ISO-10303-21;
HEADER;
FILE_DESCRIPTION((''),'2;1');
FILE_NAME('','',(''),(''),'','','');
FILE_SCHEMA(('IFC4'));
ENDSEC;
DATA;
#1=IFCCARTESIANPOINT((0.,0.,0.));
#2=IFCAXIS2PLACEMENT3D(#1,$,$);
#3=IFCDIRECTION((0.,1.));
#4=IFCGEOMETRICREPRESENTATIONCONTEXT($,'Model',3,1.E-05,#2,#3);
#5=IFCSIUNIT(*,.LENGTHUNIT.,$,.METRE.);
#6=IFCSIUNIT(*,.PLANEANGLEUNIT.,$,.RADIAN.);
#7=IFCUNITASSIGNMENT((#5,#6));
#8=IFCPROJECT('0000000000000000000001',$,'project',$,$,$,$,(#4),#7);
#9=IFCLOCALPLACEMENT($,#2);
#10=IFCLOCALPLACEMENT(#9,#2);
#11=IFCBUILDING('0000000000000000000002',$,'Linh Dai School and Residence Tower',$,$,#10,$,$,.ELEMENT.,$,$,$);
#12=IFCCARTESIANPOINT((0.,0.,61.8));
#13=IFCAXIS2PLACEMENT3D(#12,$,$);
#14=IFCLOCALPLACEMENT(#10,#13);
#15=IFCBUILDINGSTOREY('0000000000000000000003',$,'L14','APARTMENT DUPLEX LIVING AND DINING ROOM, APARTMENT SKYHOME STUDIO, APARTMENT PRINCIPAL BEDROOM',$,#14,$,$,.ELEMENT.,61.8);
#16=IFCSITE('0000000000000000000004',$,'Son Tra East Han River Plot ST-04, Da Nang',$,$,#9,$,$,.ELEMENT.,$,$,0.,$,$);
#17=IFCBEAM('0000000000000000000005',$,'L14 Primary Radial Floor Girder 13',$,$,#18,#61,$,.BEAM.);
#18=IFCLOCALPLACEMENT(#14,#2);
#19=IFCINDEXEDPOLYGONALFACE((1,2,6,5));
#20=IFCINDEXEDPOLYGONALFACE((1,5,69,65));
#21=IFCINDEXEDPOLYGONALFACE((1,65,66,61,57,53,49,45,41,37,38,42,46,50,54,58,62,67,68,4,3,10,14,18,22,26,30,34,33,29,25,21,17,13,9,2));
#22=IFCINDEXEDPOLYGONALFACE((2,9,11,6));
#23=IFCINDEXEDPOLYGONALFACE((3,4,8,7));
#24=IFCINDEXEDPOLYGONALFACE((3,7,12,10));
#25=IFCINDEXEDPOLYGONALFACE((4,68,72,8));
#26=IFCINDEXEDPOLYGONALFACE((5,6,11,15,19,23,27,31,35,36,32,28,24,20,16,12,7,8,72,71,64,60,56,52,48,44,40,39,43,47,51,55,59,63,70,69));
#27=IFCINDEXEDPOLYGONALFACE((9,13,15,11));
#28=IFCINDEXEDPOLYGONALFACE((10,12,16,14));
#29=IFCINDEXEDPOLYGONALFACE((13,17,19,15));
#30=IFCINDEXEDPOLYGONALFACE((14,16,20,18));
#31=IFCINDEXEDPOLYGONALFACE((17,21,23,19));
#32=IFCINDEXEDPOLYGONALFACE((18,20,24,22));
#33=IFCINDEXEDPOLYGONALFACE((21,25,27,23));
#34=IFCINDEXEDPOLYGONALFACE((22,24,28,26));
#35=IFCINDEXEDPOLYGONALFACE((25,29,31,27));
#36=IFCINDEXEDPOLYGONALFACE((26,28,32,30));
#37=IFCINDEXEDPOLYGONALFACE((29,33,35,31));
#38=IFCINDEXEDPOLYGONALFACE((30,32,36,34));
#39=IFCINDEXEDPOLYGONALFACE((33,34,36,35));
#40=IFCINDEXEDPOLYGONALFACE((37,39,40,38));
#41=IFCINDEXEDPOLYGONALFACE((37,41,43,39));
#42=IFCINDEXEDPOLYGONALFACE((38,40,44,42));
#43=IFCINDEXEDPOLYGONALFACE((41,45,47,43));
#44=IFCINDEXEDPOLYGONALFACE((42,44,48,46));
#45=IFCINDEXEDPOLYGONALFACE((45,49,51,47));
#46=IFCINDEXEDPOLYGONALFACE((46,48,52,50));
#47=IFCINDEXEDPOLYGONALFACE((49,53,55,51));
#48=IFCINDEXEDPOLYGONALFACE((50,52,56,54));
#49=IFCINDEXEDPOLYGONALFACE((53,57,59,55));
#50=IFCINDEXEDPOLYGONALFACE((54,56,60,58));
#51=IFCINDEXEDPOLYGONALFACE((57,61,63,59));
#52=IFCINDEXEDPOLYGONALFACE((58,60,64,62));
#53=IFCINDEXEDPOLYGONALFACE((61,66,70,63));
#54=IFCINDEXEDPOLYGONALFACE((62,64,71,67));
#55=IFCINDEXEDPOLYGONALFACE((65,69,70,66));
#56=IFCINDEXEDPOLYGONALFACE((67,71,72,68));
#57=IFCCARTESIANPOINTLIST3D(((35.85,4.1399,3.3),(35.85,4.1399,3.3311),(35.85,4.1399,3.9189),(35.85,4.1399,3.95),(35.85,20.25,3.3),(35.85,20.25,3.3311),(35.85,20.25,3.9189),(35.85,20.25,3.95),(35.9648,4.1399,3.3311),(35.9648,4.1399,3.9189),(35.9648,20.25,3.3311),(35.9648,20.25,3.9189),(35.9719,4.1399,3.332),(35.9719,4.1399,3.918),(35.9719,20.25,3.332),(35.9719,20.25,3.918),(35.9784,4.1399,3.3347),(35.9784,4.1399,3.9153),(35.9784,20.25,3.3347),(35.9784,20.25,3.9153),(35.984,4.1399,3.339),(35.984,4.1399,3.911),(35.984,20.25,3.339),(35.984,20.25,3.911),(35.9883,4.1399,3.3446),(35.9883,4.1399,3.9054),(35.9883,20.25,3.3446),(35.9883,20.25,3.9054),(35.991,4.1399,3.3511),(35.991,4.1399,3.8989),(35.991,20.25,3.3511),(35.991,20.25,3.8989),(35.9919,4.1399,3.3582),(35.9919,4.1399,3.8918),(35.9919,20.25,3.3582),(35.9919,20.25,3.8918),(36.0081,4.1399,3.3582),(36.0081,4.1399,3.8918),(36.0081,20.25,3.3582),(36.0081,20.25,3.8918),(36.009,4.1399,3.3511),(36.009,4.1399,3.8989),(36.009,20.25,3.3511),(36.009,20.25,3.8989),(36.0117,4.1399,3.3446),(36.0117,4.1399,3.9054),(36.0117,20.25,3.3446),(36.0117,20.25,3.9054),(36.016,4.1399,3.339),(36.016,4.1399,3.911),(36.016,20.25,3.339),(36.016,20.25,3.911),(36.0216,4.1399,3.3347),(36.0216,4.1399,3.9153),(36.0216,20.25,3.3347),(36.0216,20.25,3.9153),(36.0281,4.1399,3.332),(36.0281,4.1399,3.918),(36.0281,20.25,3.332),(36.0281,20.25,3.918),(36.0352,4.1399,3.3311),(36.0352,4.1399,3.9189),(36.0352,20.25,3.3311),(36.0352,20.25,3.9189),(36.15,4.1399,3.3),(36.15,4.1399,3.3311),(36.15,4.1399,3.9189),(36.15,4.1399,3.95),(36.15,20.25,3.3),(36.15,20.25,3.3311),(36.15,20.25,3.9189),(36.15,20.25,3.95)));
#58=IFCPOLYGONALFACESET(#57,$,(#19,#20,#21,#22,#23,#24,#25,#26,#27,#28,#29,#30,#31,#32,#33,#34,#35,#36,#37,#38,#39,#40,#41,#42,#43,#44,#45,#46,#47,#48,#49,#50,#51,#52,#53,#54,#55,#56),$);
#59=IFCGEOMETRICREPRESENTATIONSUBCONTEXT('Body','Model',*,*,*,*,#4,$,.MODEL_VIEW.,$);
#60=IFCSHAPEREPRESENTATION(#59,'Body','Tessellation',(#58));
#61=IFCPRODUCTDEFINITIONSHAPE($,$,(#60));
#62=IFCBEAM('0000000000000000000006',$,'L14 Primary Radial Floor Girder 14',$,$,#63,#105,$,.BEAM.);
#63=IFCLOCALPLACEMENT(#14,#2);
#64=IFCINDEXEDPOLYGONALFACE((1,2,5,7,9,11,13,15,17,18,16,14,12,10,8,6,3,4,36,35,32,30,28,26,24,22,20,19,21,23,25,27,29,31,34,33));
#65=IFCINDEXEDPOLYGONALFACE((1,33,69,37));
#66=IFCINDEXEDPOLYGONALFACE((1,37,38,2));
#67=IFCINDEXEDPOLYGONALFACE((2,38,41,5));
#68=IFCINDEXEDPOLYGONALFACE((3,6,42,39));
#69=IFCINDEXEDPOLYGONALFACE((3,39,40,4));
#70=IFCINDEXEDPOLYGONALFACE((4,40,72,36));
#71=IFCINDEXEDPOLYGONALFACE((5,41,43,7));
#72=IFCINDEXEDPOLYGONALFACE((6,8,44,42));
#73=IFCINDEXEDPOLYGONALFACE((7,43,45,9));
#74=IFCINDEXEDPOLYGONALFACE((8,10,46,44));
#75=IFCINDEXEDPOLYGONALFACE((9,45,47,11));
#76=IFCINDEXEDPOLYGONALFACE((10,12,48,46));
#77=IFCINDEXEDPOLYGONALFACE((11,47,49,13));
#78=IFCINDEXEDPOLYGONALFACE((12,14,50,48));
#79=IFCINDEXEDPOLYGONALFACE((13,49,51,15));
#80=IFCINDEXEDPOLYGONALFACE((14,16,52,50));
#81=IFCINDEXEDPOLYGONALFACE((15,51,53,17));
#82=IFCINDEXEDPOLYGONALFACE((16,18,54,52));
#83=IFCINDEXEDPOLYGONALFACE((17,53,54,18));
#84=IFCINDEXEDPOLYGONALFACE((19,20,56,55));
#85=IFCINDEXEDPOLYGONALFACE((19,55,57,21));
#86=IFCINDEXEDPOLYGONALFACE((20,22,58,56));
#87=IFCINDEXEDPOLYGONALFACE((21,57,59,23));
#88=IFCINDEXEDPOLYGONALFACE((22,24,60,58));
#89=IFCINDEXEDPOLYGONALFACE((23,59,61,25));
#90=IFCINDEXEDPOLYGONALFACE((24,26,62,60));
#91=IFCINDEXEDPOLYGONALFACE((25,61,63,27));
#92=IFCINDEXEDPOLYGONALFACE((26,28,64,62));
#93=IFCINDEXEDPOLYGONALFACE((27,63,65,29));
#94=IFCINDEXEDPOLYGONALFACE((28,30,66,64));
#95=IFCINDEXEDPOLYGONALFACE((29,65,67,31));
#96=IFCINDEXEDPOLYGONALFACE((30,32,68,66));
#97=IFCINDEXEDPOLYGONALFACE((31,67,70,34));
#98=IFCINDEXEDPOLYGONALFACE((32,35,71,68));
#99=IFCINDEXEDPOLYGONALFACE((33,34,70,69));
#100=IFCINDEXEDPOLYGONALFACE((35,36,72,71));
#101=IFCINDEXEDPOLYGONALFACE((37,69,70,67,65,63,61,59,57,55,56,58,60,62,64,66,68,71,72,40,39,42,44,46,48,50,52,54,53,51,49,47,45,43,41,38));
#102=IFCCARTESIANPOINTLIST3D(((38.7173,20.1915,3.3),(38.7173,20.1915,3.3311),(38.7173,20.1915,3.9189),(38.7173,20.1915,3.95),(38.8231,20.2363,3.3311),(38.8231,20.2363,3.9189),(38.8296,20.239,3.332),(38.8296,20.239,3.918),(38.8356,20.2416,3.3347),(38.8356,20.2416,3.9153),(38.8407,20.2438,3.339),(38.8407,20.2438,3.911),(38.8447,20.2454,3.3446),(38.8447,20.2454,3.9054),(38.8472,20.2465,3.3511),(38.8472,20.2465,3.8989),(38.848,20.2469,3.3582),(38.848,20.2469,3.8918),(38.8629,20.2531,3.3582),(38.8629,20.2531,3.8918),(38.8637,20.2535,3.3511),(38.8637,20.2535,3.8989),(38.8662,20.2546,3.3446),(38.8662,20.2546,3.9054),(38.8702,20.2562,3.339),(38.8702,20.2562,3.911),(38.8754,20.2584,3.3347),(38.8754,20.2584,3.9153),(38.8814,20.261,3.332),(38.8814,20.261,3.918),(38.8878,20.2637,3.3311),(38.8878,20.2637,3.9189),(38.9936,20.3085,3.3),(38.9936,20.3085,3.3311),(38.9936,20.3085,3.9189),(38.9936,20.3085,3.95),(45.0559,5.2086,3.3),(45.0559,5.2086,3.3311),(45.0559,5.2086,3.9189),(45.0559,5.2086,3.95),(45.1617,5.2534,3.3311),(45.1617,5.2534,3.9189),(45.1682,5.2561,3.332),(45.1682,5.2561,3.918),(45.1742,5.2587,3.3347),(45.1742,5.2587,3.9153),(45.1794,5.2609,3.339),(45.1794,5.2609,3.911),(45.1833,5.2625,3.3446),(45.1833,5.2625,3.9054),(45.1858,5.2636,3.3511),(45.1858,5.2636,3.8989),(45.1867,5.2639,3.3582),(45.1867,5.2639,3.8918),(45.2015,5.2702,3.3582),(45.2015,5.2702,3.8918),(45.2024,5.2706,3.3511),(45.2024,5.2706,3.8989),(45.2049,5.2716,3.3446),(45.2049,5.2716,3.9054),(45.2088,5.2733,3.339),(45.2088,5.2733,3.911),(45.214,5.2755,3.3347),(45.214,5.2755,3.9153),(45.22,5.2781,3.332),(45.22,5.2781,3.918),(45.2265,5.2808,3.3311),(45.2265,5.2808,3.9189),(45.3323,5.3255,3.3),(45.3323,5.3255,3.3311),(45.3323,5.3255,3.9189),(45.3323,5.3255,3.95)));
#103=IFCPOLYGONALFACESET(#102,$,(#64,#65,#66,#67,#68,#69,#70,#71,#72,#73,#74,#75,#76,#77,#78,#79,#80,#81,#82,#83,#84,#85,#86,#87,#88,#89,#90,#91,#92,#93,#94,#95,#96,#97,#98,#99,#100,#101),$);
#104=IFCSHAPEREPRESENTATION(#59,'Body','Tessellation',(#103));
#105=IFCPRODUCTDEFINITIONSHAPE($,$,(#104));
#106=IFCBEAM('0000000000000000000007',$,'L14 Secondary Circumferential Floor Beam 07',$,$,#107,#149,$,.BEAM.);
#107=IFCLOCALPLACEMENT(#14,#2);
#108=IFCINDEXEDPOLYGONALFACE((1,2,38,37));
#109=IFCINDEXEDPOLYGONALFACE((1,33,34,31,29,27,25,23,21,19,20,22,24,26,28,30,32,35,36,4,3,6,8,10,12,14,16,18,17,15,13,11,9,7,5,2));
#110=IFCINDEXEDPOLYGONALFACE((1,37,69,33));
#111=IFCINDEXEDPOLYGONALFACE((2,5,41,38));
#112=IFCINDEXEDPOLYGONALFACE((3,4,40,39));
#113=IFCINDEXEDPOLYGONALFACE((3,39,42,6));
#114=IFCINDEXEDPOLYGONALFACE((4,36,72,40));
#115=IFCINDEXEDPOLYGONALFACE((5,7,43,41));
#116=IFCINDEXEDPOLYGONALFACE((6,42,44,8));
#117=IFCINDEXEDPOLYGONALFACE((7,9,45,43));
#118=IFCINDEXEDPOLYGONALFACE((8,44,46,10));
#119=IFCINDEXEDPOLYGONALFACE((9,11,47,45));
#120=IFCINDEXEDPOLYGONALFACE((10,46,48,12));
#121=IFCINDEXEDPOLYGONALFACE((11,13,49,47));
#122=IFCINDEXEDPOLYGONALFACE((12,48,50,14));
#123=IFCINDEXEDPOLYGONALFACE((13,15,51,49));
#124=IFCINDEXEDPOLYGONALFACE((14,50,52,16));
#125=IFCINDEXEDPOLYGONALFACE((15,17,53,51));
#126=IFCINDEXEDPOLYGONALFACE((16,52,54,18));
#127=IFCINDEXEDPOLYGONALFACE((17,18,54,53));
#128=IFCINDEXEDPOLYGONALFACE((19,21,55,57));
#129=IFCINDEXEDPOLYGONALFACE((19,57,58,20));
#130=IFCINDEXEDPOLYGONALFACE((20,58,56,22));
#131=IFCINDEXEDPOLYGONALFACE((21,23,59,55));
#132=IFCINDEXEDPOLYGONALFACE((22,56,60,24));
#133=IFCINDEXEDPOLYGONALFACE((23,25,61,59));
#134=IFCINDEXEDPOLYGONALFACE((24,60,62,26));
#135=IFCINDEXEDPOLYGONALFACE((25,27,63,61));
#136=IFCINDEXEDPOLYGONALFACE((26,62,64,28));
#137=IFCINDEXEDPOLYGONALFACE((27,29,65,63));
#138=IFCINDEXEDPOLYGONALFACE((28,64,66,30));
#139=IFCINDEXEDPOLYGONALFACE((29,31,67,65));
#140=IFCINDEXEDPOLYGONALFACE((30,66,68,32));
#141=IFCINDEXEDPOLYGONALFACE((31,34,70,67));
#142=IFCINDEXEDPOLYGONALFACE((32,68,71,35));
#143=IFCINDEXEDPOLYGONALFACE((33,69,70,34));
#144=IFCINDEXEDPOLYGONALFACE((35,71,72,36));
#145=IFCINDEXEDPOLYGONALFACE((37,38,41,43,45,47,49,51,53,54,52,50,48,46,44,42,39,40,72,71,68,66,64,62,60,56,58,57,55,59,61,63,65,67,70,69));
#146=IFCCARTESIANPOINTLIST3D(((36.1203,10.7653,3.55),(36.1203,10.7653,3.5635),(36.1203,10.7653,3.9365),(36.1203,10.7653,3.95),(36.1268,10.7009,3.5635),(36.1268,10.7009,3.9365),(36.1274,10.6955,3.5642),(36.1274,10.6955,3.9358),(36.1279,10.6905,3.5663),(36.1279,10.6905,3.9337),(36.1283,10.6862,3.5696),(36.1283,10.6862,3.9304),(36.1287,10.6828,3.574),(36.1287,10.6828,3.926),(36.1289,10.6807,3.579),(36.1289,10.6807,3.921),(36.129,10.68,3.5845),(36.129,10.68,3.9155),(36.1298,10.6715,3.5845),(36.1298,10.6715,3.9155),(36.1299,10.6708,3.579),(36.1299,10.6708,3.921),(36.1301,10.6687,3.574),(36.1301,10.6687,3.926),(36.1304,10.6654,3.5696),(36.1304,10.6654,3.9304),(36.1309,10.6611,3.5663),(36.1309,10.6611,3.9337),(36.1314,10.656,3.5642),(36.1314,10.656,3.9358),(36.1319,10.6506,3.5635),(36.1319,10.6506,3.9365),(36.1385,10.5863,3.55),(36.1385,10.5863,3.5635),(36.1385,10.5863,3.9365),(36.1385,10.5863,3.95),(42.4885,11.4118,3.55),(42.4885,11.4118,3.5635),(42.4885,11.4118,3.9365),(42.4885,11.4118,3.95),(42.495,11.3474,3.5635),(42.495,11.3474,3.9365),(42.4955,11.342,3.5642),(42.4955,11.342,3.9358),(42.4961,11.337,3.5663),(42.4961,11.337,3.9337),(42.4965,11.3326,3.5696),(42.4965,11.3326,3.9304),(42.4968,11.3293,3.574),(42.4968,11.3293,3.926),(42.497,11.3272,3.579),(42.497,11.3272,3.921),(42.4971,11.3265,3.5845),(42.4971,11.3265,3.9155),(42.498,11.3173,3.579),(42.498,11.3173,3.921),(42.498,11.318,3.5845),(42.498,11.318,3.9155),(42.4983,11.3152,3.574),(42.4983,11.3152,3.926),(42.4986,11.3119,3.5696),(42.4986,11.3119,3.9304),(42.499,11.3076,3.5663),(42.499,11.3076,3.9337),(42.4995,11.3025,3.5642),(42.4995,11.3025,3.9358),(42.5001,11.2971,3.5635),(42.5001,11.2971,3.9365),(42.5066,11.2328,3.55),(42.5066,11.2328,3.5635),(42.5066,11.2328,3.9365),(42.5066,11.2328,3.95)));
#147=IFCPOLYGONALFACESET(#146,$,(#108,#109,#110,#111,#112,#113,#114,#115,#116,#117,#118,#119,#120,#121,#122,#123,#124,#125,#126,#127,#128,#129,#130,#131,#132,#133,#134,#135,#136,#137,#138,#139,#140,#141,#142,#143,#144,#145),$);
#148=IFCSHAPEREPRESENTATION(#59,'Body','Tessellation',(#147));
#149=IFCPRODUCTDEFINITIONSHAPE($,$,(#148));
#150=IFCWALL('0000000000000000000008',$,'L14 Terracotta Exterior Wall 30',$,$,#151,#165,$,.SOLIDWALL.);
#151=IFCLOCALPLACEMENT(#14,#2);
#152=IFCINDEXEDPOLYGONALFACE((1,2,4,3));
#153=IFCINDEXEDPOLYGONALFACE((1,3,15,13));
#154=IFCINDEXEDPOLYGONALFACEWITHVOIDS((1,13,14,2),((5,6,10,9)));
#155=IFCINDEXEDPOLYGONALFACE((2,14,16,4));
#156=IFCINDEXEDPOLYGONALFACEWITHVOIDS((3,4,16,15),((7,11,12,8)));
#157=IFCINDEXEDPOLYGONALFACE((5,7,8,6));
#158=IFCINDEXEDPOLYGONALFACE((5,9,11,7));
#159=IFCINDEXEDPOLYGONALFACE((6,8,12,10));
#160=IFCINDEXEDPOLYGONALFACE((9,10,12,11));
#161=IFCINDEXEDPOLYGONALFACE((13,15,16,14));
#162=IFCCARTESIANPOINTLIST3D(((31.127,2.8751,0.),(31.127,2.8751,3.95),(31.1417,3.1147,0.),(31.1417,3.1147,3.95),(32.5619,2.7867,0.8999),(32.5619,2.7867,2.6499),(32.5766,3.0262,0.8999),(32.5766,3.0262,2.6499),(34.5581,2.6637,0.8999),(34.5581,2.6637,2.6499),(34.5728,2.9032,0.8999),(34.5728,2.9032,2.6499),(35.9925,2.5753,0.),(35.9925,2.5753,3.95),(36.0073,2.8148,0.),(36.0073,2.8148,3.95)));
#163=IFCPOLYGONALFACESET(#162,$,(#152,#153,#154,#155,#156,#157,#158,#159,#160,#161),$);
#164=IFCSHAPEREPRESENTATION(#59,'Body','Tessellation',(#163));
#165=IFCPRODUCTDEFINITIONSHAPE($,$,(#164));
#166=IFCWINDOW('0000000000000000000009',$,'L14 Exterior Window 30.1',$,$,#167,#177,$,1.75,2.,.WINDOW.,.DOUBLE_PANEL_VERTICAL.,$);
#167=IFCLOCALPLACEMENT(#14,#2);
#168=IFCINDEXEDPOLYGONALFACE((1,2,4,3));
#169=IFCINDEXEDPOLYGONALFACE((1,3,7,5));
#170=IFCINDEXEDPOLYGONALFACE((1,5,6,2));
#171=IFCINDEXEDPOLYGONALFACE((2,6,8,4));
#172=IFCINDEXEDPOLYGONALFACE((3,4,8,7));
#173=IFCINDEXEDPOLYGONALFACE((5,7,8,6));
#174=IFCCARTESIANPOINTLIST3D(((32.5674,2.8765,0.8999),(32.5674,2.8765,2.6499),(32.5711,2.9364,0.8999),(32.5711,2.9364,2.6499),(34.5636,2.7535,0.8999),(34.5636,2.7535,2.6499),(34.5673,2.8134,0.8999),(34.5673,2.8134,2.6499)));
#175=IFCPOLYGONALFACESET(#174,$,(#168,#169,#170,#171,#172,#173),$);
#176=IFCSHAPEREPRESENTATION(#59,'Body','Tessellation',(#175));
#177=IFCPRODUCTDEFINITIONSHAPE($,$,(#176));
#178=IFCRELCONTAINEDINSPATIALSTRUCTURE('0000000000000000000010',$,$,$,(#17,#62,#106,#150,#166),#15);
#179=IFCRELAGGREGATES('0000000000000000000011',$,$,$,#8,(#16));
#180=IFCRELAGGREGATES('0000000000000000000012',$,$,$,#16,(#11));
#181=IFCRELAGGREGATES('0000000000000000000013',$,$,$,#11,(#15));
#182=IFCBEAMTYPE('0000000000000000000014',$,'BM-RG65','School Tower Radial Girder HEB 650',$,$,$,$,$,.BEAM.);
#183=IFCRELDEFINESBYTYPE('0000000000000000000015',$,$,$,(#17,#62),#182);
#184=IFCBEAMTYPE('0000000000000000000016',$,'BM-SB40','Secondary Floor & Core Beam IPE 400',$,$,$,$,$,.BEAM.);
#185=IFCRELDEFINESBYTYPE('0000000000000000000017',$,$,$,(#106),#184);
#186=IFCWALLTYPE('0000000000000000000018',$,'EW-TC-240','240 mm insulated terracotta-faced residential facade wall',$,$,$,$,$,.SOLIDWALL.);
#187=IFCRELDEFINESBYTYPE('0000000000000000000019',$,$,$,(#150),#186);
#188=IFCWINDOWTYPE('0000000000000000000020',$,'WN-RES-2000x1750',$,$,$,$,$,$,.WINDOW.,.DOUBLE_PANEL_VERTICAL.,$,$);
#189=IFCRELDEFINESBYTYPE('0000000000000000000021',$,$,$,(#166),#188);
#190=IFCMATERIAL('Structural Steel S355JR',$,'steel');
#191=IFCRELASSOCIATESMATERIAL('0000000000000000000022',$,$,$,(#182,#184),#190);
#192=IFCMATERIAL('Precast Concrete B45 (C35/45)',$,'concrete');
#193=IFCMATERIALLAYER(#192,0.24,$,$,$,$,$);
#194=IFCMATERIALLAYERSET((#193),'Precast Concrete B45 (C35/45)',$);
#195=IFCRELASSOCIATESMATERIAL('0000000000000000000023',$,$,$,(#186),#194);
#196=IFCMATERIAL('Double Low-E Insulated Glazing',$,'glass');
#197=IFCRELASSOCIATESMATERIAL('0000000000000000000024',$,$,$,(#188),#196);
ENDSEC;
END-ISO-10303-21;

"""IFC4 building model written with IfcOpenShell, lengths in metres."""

from ifc_helpers import new_model, si_unit, direction, frame, frame_2d, origin, origin_2d, place, context, subcontext, project, spatial, rectangle, i_section, extrude, source, transform, mapped, material, layer, layer_set, material_profile, profile_set, type_object, element, fill, save


model = new_model("IFC4")

# Units and contexts
model_context = context("Model", 3, precision=1e-05, world=origin(), true_north=direction((0.0, 1.0)))
body_context = subcontext(model_context, "Body", "Model", "MODEL_VIEW")
ifc_project = project(units=[si_unit("LENGTHUNIT", "METRE"), si_unit("PLANEANGLEUNIT", "RADIAN")], contexts=[model_context])

# Site, building, storey
site_placement = place(None, origin())
site = spatial("IfcSite", under=ifc_project, at=site_placement, Name="Son Tra East Han River Plot ST-04, Da Nang", CompositionType="ELEMENT", RefElevation=0.0)
building_placement = place(site_placement, origin())
building = spatial("IfcBuilding", under=site, at=building_placement, Name="Linh Dai School and Residence Tower", CompositionType="ELEMENT")
storey_placement = place(building_placement, frame((0.0, 0.0, 61.8)))
storey = spatial("IfcBuildingStorey", under=building, at=storey_placement, Name="L14", Description="APARTMENT DUPLEX LIVING AND DINING ROOM, APARTMENT SKYHOME STUDIO, APARTMENT PRINCIPAL BEDROOM", CompositionType="ELEMENT", Elevation=61.8)

# Shared definitions
ifc_material_1 = material(Name="Structural Steel S355JR", Category="steel")

# Beams
ifc_material_profile_1 = material_profile(ifc_material_1, i_section(OverallWidth=0.3, OverallDepth=0.6499, WebThickness=0.0161, FlangeThickness=0.031, FilletRadius=0.0271, at=origin_2d()), Name="HEB 650")
ifc_profile_set_1 = profile_set([ifc_material_profile_1], Name="Structural Steel S355JR")
beam_type_1 = type_object("IfcBeamType", Name="BM-RG65", Description="School Tower Radial Girder HEB 650", PredefinedType="BEAM", material=ifc_profile_set_1)
beam_1_placement = place(storey_placement, frame((36.0, 20.25, 3.625), z_axis=(0.0, -1.0, 0.0), x_axis=(1.0, 0.0, 0.0)))
element("IfcBeam", 1, at=beam_1_placement, inside=storey, type_object=beam_type_1, Name="L14 Primary Radial Floor Girder 13", PredefinedType="BEAM", context=body_context, shape_type="SweptSolid", body=[
    extrude(i_section(OverallWidth=0.3, OverallDepth=0.6499, WebThickness=0.0161, FlangeThickness=0.031, FilletRadius=0.0271, at=origin_2d()), origin(), (0.0, 0.0, 1.0), 16.1101),
])
beam_2_placement = place(storey_placement, frame((38.8555, 20.25, 3.625), z_axis=(0.389624, -0.920974, 0.0), x_axis=(0.920974, 0.389624, 0.0)))
element("IfcBeam", 2, at=beam_2_placement, inside=storey, type_object=beam_type_1, Name="L14 Primary Radial Floor Girder 14", PredefinedType="BEAM", context=body_context, shape_type="SweptSolid", body=[
    extrude(i_section(OverallWidth=0.3, OverallDepth=0.6499, WebThickness=0.0161, FlangeThickness=0.031, FilletRadius=0.0271, at=origin_2d()), origin(), (0.0, 0.0, 1.0), 16.2686),
])
ifc_material_profile_2 = material_profile(ifc_material_1, i_section(OverallWidth=0.1799, OverallDepth=0.3999, WebThickness=0.0085, FlangeThickness=0.0134, FilletRadius=0.021, at=origin_2d()), Name="IPE 400")
ifc_profile_set_2 = profile_set([ifc_material_profile_2], Name="Structural Steel S355JR")
beam_type_2 = type_object("IfcBeamType", Name="BM-SB40", Description="Secondary Floor & Core Beam IPE 400", PredefinedType="BEAM", material=ifc_profile_set_2)
beam_3_placement = place(storey_placement, frame((36.1294, 10.6758, 3.75), z_axis=(0.994887, 0.100999, 0.0), x_axis=(-0.100999, 0.994887, 0.0)))
element("IfcBeam", 3, at=beam_3_placement, inside=storey, type_object=beam_type_2, Name="L14 Secondary Circumferential Floor Beam 07", PredefinedType="BEAM", context=body_context, shape_type="SweptSolid", body=[
    extrude(i_section(OverallWidth=0.1799, OverallDepth=0.3999, WebThickness=0.0085, FlangeThickness=0.0134, FilletRadius=0.021, at=origin_2d()), origin(), (0.0, 0.0, 1.0), 6.4009),
])

# Wall, opening, window
ifc_material_2 = material(Name="Precast Concrete B45 (C35/45)", Category="concrete")
ifc_layer_1 = layer(ifc_material_2, 0.24)
ifc_layer_set_1 = layer_set([ifc_layer_1], Name="Precast Concrete B45 (C35/45)")
wall_type_1 = type_object("IfcWallType", Name="EW-TC-240", Description="240 mm insulated terracotta-faced residential facade wall", PredefinedType="SOLIDWALL", material=ifc_layer_set_1)
wall_1_placement = place(storey_placement, frame((36.0, 2.6951, 0.0), z_axis=(0.0, 0.0, 1.0), x_axis=(-0.998107, 0.061502, 0.0)))
wall_1 = element("IfcWall", 4, at=wall_1_placement, inside=storey, type_object=wall_type_1, Name="L14 Terracotta Exterior Wall 30", PredefinedType="SOLIDWALL", context=body_context, shape_type="SweptSolid", body=[
    extrude(rectangle(XDim=4.8748, YDim=0.24, at=frame_2d((2.4375, 0.0))), origin(), (0.0, 0.0, 1.0), 3.95),
])
opening_1_placement = place(wall_1_placement, frame((1.4373, 0.0, 0.8999)))
opening_1 = element("IfcOpeningElement", 5, at=opening_1_placement, cuts=wall_1, PredefinedType="OPENING", context=body_context, shape_type="SweptSolid", body=[
    extrude(rectangle(XDim=2.0, YDim=1.75, at=origin_2d()), frame((1.0, 0.1299, 0.875), z_axis=(0.0, -1.0, 0.0), x_axis=(1.0, 0.0, 0.0)), (0.0, 0.0, 1.0), 0.26),
])
ifc_material_3 = material(Name="Double Low-E Insulated Glazing", Category="glass")
window_type = type_object("IfcWindowType", Name="WN-RES-2000x1750", PartitioningType="DOUBLE_PANEL_VERTICAL", PredefinedType="WINDOW", material=ifc_material_3)
shared_shape_1 = source(origin(), body_context, "Body", "SweptSolid", [
    extrude(rectangle(XDim=2.0, YDim=1.75, at=origin_2d()), frame((1.0, 0.03, 0.875), z_axis=(0.0, -1.0, 0.0), x_axis=(1.0, 0.0, 0.0)), (0.0, 0.0, 1.0), 0.0601),
])
window_placement = place(opening_1_placement, origin())
window = element("IfcWindow", 6, at=window_placement, inside=storey, type_object=window_type, Name="L14 Exterior Window 30.1", OverallHeight=1.75, OverallWidth=2.0, PartitioningType="DOUBLE_PANEL_VERTICAL", PredefinedType="WINDOW", context=body_context, shape_type="MappedRepresentation", body=[
    mapped(shared_shape_1, transform((0.0, 0.0, 0.0), x_axis=(1.0, 0.0, 0.0), y_axis=(0.0, 1.0, 0.0), z_axis=(0.0, 0.0, 1.0), scale=1.0)),
])
fill(opening_1, window)

save(model, "model.ifc")
